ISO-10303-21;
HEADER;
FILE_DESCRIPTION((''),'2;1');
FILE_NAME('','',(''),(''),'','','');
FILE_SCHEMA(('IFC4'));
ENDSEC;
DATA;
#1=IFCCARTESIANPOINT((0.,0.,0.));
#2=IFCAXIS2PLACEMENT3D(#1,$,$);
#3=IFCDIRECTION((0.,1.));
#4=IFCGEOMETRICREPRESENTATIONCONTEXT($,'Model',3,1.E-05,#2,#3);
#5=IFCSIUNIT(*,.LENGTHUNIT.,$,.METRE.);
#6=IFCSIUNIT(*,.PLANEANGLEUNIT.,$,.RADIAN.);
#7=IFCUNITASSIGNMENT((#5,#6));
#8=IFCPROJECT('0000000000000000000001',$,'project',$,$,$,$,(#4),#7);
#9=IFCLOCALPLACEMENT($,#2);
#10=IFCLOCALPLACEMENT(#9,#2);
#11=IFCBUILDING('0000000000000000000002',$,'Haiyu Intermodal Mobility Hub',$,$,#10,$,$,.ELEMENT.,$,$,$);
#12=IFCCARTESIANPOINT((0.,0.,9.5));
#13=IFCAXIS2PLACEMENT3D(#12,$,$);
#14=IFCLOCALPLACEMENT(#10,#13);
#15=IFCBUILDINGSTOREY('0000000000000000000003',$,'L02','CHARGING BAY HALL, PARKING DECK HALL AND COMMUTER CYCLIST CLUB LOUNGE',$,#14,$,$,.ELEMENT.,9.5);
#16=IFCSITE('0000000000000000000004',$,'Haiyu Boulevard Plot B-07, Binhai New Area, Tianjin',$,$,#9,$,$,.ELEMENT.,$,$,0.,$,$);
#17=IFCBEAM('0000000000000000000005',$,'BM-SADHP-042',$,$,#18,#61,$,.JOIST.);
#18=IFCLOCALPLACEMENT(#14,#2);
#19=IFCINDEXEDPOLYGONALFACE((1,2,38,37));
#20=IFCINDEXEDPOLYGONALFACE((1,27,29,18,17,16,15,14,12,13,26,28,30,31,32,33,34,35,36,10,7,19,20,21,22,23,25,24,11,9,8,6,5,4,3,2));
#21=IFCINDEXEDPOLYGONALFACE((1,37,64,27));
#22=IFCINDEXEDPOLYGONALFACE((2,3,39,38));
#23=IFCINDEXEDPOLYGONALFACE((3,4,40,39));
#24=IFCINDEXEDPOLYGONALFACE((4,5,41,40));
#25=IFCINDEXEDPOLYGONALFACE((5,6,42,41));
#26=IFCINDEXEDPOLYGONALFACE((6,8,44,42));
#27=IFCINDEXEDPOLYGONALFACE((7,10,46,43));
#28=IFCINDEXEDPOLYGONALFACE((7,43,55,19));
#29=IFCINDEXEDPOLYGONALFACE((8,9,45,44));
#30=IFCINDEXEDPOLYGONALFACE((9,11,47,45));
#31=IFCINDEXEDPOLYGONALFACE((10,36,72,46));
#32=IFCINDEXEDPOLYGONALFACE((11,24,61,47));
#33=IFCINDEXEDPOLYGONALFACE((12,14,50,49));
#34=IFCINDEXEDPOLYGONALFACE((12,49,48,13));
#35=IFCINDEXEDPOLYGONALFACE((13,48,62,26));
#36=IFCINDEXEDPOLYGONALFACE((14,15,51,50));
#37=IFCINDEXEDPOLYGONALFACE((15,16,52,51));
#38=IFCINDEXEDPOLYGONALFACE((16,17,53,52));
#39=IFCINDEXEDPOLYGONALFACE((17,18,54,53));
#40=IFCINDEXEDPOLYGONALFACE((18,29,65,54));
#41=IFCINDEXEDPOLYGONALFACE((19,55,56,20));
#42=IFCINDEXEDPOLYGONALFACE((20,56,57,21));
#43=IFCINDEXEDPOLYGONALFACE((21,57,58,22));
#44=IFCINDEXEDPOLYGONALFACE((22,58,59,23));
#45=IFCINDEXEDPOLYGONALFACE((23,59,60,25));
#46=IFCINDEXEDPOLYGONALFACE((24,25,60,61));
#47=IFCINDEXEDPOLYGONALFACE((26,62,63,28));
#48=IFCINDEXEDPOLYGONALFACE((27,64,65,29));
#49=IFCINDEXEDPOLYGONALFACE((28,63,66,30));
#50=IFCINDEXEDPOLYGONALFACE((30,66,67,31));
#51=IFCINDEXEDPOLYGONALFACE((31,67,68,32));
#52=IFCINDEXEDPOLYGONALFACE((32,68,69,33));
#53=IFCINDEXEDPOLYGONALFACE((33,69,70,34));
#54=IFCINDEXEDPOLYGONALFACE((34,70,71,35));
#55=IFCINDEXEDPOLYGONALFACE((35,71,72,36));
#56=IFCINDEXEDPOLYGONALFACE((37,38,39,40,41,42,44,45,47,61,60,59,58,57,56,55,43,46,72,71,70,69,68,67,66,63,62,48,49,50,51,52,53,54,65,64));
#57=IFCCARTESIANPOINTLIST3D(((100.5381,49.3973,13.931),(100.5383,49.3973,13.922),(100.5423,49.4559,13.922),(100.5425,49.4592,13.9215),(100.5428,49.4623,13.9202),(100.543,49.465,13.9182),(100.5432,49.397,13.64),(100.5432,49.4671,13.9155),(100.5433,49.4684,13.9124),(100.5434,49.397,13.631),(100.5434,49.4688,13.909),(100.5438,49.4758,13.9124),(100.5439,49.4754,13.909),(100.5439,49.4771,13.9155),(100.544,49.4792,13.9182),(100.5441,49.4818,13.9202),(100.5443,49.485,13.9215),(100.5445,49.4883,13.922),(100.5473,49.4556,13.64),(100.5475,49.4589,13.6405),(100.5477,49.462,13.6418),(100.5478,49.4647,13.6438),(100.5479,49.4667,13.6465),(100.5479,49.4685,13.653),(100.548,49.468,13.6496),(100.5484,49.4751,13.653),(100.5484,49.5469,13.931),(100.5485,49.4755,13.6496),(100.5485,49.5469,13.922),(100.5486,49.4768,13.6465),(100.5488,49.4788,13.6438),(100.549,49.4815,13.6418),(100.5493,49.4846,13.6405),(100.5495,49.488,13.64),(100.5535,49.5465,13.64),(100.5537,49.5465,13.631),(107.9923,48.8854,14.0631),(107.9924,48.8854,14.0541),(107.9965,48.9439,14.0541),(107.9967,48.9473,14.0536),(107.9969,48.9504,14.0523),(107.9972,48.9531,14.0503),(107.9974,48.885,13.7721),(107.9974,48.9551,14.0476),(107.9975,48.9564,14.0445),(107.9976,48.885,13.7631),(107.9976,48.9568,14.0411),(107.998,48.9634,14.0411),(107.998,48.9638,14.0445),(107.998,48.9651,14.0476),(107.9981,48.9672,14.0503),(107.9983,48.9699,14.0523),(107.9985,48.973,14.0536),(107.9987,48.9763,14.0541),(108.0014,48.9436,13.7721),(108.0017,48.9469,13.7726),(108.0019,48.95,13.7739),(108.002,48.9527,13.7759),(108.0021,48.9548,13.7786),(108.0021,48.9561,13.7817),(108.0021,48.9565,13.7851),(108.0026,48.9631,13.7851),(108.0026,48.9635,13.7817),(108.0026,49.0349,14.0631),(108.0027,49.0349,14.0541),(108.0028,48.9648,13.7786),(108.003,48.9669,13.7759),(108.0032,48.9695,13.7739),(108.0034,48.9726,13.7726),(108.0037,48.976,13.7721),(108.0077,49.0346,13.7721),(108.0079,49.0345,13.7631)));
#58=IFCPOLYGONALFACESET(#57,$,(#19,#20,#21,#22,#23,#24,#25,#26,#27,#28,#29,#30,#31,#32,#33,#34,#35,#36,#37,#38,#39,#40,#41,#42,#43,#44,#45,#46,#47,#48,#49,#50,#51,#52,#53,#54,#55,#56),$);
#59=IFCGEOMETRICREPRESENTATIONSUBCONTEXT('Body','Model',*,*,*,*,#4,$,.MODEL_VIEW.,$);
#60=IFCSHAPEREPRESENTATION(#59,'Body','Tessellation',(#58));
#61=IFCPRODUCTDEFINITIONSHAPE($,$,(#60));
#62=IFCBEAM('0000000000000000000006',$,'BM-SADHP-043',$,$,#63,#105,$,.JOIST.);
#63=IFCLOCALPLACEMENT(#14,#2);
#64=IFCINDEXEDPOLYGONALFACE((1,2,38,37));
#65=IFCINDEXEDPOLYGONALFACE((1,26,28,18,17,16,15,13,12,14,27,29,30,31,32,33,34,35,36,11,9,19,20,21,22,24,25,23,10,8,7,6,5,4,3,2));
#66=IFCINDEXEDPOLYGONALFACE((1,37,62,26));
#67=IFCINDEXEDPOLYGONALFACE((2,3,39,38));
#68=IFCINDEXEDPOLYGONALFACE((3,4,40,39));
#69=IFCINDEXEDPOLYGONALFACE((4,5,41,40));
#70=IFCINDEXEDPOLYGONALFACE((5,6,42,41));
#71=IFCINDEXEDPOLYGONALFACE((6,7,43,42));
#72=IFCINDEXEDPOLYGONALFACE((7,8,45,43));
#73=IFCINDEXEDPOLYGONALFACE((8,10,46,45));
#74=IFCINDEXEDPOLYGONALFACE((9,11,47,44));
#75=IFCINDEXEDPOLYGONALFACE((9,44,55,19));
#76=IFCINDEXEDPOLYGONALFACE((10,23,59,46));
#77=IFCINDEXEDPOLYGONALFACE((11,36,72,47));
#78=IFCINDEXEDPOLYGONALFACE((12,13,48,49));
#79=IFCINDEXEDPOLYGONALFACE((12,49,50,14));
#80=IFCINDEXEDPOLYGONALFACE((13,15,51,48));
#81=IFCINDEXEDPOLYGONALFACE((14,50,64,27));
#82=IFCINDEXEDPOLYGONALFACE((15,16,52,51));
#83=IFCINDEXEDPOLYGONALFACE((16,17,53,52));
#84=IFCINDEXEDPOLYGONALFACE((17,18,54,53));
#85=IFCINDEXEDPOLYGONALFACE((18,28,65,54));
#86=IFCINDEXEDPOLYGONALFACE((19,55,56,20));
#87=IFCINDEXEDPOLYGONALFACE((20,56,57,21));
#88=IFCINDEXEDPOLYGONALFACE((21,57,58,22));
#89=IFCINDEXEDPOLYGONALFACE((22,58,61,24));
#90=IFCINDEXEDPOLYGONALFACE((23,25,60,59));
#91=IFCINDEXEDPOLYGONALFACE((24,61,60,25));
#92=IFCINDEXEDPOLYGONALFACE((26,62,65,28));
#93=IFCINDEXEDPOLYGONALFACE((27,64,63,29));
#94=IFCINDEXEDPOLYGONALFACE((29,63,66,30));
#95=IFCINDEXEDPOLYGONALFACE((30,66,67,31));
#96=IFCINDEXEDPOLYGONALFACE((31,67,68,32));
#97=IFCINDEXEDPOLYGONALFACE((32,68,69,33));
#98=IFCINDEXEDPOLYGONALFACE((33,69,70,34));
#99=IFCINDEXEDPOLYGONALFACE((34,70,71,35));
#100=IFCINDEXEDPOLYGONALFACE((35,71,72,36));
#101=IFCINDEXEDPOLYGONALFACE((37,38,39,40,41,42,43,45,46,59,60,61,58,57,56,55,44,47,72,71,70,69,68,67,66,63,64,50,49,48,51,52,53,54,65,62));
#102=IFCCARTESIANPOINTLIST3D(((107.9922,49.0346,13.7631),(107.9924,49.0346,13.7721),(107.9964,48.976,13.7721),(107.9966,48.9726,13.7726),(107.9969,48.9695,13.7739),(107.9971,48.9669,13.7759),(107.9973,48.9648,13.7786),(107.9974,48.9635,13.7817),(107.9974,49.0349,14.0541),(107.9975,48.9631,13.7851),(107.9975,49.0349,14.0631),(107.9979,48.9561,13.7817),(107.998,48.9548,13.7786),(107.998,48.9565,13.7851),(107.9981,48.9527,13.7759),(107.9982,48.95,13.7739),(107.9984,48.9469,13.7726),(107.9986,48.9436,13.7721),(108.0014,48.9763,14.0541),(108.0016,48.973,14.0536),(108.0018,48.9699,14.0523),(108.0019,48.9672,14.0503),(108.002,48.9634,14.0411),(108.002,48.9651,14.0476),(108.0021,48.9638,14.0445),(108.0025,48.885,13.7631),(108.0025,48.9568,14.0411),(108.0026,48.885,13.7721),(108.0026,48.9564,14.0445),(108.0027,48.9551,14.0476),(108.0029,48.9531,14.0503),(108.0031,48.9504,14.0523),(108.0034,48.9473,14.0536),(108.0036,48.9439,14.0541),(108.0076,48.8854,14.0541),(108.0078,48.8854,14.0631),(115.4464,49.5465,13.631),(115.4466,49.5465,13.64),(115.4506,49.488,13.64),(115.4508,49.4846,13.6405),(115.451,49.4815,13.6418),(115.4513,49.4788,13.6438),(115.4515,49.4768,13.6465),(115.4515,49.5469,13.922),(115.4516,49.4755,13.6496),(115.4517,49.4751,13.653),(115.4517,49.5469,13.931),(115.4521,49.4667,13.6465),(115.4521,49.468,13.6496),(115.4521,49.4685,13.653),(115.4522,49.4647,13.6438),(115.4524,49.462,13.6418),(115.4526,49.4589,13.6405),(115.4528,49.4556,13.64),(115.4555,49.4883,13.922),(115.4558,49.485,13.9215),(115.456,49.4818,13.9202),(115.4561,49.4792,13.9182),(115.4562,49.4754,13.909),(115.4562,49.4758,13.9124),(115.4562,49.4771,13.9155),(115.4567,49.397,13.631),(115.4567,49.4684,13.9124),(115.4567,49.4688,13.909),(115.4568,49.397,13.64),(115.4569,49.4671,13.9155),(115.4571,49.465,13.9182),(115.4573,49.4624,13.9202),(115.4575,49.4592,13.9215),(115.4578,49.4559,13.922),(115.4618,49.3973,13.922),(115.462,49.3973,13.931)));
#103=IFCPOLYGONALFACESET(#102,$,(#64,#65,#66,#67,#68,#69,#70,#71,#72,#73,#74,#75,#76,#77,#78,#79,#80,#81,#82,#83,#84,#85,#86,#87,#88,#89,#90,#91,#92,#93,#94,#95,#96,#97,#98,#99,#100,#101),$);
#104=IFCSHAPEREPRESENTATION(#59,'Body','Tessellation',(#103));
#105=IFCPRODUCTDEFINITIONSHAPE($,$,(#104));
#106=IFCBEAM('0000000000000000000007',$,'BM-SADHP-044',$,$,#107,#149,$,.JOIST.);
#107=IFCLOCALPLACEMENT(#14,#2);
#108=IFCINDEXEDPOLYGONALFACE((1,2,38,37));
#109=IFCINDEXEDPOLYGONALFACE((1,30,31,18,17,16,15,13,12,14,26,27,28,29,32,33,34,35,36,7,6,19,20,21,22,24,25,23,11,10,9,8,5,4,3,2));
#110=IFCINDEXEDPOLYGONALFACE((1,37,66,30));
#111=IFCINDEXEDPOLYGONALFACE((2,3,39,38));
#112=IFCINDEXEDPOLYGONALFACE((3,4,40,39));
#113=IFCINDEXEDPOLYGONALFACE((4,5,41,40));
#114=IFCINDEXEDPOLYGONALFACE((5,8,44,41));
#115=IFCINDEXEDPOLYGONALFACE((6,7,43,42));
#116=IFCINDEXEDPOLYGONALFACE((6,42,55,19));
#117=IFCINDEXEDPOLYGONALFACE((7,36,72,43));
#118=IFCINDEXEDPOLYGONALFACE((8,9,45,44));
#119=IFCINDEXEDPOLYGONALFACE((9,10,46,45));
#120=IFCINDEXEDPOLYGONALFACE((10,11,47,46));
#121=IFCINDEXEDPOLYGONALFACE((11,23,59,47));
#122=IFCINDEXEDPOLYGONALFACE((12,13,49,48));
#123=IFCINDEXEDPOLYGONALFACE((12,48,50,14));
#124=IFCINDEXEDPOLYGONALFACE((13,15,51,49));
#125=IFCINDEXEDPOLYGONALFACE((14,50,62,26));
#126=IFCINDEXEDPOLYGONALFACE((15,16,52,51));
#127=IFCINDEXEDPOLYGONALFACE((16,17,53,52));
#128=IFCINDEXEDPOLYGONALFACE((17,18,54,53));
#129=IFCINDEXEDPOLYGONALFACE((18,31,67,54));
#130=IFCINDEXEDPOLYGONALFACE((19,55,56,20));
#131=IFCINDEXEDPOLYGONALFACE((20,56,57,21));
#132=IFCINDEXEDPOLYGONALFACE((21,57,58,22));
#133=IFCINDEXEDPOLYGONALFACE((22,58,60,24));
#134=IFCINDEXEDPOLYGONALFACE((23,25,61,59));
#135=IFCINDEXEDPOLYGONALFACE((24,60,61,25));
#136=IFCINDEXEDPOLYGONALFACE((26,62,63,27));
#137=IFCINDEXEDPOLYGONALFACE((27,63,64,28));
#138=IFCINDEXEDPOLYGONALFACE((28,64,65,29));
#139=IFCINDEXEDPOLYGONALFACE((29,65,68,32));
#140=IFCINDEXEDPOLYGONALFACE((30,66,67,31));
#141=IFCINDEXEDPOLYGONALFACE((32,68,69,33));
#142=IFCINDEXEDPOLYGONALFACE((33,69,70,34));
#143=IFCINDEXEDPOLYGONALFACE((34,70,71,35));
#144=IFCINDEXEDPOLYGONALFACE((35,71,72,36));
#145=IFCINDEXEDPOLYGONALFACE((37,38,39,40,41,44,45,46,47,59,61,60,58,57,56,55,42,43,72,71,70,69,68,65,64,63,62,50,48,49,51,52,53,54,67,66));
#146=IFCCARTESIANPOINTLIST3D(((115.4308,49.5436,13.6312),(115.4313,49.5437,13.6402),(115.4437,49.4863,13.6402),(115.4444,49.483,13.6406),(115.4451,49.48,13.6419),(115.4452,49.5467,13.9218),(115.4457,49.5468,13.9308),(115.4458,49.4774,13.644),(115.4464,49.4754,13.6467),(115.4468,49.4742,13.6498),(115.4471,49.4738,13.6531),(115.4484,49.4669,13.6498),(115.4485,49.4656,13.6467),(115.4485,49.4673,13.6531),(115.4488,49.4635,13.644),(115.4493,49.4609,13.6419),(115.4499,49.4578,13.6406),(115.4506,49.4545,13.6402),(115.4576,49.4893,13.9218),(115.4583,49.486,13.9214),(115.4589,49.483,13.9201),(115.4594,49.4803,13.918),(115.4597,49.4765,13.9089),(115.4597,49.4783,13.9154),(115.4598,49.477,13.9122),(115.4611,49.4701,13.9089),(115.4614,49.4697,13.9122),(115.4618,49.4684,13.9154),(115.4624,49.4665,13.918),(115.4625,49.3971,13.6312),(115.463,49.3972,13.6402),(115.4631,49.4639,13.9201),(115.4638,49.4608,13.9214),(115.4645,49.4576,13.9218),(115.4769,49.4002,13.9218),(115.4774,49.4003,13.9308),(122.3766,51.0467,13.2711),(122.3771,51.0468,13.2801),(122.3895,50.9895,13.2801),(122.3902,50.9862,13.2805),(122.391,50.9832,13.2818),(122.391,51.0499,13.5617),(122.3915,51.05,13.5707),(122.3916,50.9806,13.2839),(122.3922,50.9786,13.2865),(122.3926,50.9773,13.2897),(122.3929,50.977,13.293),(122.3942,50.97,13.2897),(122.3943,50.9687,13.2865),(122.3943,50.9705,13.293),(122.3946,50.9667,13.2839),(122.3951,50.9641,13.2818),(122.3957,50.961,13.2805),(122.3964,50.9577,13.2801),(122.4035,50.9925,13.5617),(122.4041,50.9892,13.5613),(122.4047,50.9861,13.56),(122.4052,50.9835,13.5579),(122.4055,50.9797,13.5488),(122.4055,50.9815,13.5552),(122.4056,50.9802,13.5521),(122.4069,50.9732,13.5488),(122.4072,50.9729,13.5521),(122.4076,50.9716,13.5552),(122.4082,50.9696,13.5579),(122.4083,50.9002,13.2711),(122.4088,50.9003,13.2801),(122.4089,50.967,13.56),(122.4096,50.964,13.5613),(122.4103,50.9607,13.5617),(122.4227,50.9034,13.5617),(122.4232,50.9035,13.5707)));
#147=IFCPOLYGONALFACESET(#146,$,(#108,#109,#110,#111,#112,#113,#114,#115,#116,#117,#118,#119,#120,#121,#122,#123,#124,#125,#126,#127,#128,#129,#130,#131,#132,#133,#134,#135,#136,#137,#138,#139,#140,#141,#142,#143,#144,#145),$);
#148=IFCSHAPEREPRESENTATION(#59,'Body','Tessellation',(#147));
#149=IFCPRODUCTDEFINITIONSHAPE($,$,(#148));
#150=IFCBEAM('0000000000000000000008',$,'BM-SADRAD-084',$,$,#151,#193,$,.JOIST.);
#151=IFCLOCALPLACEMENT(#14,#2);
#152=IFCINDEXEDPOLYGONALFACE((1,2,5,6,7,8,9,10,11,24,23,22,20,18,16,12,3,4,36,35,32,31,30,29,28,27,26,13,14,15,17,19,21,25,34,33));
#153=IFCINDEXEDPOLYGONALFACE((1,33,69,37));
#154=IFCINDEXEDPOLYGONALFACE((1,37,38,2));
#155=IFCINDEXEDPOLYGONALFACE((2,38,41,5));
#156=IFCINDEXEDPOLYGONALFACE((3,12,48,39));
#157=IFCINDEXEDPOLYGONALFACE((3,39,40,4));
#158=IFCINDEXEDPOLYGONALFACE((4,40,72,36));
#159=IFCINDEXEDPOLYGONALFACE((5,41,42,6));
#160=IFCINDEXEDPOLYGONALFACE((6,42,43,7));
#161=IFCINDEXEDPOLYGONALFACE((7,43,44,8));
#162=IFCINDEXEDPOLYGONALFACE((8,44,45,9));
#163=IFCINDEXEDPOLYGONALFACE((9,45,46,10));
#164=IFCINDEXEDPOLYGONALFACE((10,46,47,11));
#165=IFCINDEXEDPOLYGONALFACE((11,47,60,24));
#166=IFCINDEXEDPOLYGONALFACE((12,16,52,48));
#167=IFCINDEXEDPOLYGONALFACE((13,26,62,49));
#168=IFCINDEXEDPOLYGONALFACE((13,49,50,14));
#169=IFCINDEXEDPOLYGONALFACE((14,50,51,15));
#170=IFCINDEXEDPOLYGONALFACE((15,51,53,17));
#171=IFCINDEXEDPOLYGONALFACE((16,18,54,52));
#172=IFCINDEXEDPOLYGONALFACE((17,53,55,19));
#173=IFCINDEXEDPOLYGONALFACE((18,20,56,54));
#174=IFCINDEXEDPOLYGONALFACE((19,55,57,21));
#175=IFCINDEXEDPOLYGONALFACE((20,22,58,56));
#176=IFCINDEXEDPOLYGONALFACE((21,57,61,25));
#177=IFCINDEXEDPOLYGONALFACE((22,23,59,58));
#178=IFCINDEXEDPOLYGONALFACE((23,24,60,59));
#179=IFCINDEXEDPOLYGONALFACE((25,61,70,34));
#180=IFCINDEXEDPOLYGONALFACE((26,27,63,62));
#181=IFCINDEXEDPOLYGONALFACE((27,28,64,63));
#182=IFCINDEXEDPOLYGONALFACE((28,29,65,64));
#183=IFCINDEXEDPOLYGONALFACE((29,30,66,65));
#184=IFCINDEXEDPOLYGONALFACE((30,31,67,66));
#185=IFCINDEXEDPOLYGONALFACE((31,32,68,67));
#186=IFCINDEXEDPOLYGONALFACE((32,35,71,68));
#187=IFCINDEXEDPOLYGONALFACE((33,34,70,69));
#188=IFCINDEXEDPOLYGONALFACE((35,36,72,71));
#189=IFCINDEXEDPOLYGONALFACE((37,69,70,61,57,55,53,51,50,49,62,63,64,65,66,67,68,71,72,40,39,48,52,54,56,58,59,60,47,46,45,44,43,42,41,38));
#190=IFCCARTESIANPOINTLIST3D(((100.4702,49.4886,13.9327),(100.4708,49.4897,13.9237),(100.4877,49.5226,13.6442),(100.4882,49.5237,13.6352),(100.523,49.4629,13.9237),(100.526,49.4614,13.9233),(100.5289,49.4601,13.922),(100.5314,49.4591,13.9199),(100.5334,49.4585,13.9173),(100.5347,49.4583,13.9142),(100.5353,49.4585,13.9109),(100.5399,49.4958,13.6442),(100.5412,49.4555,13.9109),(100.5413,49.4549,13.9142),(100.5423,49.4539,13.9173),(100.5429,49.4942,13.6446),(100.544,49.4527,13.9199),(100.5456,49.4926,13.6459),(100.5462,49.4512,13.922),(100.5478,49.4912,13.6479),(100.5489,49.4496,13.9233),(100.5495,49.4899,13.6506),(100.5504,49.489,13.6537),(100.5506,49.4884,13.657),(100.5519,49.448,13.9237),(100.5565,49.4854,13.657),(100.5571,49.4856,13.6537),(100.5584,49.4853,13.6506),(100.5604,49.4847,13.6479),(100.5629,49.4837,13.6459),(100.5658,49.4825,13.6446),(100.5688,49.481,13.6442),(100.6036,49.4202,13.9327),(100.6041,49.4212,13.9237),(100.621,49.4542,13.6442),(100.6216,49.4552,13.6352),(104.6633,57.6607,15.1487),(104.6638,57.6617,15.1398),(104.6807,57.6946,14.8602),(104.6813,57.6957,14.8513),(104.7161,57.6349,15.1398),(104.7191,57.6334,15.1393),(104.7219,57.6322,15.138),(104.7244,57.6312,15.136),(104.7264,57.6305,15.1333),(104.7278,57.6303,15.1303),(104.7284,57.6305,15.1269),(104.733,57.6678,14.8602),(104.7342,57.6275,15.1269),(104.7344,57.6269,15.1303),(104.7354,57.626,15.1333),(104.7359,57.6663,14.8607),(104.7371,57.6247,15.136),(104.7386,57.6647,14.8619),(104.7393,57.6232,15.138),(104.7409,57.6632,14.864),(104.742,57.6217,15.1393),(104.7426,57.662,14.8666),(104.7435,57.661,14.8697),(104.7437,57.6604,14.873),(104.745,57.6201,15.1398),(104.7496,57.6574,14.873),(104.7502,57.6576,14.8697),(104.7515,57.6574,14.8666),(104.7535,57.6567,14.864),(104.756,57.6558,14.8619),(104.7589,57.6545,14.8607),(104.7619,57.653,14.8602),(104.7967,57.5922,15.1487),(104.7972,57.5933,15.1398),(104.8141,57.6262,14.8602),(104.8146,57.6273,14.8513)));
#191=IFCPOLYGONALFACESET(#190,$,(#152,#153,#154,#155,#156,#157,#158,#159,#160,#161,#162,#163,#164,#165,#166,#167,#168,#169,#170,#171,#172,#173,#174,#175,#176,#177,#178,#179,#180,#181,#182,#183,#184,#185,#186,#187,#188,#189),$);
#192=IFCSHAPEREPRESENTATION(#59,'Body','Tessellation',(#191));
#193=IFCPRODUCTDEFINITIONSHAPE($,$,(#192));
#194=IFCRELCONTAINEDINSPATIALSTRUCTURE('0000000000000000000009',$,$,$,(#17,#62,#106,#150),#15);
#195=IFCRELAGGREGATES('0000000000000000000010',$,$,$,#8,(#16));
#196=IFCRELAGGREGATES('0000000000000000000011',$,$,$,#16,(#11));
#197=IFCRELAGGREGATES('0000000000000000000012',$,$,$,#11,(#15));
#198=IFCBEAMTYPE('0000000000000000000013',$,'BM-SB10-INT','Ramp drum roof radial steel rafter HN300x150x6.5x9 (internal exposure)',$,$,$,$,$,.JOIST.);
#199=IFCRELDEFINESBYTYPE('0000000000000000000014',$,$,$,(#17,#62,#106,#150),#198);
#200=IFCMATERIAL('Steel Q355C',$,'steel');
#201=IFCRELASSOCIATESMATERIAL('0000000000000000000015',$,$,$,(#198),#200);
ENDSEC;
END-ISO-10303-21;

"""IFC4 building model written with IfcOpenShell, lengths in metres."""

from ifc_helpers import new_model, si_unit, direction, frame, origin, origin_2d, place, context, subcontext, project, spatial, i_section, extrude, material, material_profile, profile_set, type_object, element, save


model = new_model("IFC4")

# Units and contexts
model_context = context("Model", 3, precision=1e-05, world=origin(), true_north=direction((0.0, 1.0)))
body_context = subcontext(model_context, "Body", "Model", "MODEL_VIEW")
ifc_project = project(units=[si_unit("LENGTHUNIT", "METRE"), si_unit("PLANEANGLEUNIT", "RADIAN")], contexts=[model_context])

# Site, building, storey
site_placement = place(None, origin())
site = spatial("IfcSite", under=ifc_project, at=site_placement, Name="Haiyu Boulevard Plot B-07, Binhai New Area, Tianjin", CompositionType="ELEMENT", RefElevation=0.0)
building_placement = place(site_placement, origin())
building = spatial("IfcBuilding", under=site, at=building_placement, Name="Haiyu Intermodal Mobility Hub", CompositionType="ELEMENT")
storey_placement = place(building_placement, frame((0.0, 0.0, 9.5)))
storey = spatial("IfcBuildingStorey", under=building, at=storey_placement, Name="L02", Description="CHARGING BAY HALL, PARKING DECK HALL AND COMMUTER CYCLIST CLUB LOUNGE", CompositionType="ELEMENT", Elevation=9.5)

# Shared definitions
ifc_material_1 = material(Name="Steel Q355C", Category="steel")

# Beams
ifc_material_profile_1 = material_profile(ifc_material_1, i_section(OverallWidth=0.1499, OverallDepth=0.3, WebThickness=0.0066, FlangeThickness=0.009, FilletRadius=0.0129, at=origin_2d()), Name="HN300x150x6.5x9")
ifc_profile_set_1 = profile_set([ifc_material_profile_1], Name="Steel Q355C")
beam_type_1 = type_object("IfcBeamType", Name="BM-SB10-INT", Description="Ramp drum roof radial steel rafter HN300x150x6.5x9 (internal exposure)", PredefinedType="JOIST", material=ifc_profile_set_1)
for number, where, z_axis, x_axis, name in (
    (1, (100.5459, 49.4719, 13.781), (0.997494, -0.06851, 0.017675), (0.068521, 0.99765, 0.0), "BM-SADHP-042"),
    (2, (108.0, 48.96, 13.9131), (0.997494, 0.06851, -0.017675), (-0.068521, 0.99765, 0.0), "BM-SADHP-043"),
):
    element("IfcBeam", number, at=place(storey_placement, frame(where, z_axis=z_axis, x_axis=x_axis)), inside=storey, type_object=beam_type_1, Name=name, PredefinedType="JOIST", context=body_context, shape_type="SweptSolid", body=[
        extrude(i_section(OverallWidth=0.1499, OverallDepth=0.3, WebThickness=0.0066, FlangeThickness=0.009, FilletRadius=0.0129, at=origin_2d()), origin(), (0.0, 0.0, 1.0), 7.4729),
    ])
beam_1_placement = place(storey_placement, frame((115.4541, 49.4719, 13.781), z_axis=(0.976122, 0.211247, -0.050607), x_axis=(-0.211518, 0.977374, 0.0)))
element("IfcBeam", 3, at=beam_1_placement, inside=storey, type_object=beam_type_1, Name="BM-SADHP-044", PredefinedType="JOIST", context=body_context, shape_type="SweptSolid", body=[
    extrude(i_section(OverallWidth=0.1499, OverallDepth=0.3, WebThickness=0.0066, FlangeThickness=0.009, FilletRadius=0.0129, at=origin_2d()), origin(), (0.0, 0.0, 1.0), 7.1157),
])
beam_2_placement = place(storey_placement, frame((100.5459, 49.4719, 13.7839), z_axis=(0.452564, 0.88202, 0.13125), x_axis=(-0.889716, 0.456514, 0.0)))
element("IfcBeam", 4, at=beam_2_placement, inside=storey, type_object=beam_type_1, Name="BM-SADRAD-084", PredefinedType="JOIST", context=body_context, shape_type="SweptSolid", body=[
    extrude(i_section(OverallWidth=0.1499, OverallDepth=0.3, WebThickness=0.0066, FlangeThickness=0.009, FilletRadius=0.0129, at=origin_2d()), origin(), (0.0, 0.0, 1.0), 9.2651),
])

save(model, "model.ifc")
